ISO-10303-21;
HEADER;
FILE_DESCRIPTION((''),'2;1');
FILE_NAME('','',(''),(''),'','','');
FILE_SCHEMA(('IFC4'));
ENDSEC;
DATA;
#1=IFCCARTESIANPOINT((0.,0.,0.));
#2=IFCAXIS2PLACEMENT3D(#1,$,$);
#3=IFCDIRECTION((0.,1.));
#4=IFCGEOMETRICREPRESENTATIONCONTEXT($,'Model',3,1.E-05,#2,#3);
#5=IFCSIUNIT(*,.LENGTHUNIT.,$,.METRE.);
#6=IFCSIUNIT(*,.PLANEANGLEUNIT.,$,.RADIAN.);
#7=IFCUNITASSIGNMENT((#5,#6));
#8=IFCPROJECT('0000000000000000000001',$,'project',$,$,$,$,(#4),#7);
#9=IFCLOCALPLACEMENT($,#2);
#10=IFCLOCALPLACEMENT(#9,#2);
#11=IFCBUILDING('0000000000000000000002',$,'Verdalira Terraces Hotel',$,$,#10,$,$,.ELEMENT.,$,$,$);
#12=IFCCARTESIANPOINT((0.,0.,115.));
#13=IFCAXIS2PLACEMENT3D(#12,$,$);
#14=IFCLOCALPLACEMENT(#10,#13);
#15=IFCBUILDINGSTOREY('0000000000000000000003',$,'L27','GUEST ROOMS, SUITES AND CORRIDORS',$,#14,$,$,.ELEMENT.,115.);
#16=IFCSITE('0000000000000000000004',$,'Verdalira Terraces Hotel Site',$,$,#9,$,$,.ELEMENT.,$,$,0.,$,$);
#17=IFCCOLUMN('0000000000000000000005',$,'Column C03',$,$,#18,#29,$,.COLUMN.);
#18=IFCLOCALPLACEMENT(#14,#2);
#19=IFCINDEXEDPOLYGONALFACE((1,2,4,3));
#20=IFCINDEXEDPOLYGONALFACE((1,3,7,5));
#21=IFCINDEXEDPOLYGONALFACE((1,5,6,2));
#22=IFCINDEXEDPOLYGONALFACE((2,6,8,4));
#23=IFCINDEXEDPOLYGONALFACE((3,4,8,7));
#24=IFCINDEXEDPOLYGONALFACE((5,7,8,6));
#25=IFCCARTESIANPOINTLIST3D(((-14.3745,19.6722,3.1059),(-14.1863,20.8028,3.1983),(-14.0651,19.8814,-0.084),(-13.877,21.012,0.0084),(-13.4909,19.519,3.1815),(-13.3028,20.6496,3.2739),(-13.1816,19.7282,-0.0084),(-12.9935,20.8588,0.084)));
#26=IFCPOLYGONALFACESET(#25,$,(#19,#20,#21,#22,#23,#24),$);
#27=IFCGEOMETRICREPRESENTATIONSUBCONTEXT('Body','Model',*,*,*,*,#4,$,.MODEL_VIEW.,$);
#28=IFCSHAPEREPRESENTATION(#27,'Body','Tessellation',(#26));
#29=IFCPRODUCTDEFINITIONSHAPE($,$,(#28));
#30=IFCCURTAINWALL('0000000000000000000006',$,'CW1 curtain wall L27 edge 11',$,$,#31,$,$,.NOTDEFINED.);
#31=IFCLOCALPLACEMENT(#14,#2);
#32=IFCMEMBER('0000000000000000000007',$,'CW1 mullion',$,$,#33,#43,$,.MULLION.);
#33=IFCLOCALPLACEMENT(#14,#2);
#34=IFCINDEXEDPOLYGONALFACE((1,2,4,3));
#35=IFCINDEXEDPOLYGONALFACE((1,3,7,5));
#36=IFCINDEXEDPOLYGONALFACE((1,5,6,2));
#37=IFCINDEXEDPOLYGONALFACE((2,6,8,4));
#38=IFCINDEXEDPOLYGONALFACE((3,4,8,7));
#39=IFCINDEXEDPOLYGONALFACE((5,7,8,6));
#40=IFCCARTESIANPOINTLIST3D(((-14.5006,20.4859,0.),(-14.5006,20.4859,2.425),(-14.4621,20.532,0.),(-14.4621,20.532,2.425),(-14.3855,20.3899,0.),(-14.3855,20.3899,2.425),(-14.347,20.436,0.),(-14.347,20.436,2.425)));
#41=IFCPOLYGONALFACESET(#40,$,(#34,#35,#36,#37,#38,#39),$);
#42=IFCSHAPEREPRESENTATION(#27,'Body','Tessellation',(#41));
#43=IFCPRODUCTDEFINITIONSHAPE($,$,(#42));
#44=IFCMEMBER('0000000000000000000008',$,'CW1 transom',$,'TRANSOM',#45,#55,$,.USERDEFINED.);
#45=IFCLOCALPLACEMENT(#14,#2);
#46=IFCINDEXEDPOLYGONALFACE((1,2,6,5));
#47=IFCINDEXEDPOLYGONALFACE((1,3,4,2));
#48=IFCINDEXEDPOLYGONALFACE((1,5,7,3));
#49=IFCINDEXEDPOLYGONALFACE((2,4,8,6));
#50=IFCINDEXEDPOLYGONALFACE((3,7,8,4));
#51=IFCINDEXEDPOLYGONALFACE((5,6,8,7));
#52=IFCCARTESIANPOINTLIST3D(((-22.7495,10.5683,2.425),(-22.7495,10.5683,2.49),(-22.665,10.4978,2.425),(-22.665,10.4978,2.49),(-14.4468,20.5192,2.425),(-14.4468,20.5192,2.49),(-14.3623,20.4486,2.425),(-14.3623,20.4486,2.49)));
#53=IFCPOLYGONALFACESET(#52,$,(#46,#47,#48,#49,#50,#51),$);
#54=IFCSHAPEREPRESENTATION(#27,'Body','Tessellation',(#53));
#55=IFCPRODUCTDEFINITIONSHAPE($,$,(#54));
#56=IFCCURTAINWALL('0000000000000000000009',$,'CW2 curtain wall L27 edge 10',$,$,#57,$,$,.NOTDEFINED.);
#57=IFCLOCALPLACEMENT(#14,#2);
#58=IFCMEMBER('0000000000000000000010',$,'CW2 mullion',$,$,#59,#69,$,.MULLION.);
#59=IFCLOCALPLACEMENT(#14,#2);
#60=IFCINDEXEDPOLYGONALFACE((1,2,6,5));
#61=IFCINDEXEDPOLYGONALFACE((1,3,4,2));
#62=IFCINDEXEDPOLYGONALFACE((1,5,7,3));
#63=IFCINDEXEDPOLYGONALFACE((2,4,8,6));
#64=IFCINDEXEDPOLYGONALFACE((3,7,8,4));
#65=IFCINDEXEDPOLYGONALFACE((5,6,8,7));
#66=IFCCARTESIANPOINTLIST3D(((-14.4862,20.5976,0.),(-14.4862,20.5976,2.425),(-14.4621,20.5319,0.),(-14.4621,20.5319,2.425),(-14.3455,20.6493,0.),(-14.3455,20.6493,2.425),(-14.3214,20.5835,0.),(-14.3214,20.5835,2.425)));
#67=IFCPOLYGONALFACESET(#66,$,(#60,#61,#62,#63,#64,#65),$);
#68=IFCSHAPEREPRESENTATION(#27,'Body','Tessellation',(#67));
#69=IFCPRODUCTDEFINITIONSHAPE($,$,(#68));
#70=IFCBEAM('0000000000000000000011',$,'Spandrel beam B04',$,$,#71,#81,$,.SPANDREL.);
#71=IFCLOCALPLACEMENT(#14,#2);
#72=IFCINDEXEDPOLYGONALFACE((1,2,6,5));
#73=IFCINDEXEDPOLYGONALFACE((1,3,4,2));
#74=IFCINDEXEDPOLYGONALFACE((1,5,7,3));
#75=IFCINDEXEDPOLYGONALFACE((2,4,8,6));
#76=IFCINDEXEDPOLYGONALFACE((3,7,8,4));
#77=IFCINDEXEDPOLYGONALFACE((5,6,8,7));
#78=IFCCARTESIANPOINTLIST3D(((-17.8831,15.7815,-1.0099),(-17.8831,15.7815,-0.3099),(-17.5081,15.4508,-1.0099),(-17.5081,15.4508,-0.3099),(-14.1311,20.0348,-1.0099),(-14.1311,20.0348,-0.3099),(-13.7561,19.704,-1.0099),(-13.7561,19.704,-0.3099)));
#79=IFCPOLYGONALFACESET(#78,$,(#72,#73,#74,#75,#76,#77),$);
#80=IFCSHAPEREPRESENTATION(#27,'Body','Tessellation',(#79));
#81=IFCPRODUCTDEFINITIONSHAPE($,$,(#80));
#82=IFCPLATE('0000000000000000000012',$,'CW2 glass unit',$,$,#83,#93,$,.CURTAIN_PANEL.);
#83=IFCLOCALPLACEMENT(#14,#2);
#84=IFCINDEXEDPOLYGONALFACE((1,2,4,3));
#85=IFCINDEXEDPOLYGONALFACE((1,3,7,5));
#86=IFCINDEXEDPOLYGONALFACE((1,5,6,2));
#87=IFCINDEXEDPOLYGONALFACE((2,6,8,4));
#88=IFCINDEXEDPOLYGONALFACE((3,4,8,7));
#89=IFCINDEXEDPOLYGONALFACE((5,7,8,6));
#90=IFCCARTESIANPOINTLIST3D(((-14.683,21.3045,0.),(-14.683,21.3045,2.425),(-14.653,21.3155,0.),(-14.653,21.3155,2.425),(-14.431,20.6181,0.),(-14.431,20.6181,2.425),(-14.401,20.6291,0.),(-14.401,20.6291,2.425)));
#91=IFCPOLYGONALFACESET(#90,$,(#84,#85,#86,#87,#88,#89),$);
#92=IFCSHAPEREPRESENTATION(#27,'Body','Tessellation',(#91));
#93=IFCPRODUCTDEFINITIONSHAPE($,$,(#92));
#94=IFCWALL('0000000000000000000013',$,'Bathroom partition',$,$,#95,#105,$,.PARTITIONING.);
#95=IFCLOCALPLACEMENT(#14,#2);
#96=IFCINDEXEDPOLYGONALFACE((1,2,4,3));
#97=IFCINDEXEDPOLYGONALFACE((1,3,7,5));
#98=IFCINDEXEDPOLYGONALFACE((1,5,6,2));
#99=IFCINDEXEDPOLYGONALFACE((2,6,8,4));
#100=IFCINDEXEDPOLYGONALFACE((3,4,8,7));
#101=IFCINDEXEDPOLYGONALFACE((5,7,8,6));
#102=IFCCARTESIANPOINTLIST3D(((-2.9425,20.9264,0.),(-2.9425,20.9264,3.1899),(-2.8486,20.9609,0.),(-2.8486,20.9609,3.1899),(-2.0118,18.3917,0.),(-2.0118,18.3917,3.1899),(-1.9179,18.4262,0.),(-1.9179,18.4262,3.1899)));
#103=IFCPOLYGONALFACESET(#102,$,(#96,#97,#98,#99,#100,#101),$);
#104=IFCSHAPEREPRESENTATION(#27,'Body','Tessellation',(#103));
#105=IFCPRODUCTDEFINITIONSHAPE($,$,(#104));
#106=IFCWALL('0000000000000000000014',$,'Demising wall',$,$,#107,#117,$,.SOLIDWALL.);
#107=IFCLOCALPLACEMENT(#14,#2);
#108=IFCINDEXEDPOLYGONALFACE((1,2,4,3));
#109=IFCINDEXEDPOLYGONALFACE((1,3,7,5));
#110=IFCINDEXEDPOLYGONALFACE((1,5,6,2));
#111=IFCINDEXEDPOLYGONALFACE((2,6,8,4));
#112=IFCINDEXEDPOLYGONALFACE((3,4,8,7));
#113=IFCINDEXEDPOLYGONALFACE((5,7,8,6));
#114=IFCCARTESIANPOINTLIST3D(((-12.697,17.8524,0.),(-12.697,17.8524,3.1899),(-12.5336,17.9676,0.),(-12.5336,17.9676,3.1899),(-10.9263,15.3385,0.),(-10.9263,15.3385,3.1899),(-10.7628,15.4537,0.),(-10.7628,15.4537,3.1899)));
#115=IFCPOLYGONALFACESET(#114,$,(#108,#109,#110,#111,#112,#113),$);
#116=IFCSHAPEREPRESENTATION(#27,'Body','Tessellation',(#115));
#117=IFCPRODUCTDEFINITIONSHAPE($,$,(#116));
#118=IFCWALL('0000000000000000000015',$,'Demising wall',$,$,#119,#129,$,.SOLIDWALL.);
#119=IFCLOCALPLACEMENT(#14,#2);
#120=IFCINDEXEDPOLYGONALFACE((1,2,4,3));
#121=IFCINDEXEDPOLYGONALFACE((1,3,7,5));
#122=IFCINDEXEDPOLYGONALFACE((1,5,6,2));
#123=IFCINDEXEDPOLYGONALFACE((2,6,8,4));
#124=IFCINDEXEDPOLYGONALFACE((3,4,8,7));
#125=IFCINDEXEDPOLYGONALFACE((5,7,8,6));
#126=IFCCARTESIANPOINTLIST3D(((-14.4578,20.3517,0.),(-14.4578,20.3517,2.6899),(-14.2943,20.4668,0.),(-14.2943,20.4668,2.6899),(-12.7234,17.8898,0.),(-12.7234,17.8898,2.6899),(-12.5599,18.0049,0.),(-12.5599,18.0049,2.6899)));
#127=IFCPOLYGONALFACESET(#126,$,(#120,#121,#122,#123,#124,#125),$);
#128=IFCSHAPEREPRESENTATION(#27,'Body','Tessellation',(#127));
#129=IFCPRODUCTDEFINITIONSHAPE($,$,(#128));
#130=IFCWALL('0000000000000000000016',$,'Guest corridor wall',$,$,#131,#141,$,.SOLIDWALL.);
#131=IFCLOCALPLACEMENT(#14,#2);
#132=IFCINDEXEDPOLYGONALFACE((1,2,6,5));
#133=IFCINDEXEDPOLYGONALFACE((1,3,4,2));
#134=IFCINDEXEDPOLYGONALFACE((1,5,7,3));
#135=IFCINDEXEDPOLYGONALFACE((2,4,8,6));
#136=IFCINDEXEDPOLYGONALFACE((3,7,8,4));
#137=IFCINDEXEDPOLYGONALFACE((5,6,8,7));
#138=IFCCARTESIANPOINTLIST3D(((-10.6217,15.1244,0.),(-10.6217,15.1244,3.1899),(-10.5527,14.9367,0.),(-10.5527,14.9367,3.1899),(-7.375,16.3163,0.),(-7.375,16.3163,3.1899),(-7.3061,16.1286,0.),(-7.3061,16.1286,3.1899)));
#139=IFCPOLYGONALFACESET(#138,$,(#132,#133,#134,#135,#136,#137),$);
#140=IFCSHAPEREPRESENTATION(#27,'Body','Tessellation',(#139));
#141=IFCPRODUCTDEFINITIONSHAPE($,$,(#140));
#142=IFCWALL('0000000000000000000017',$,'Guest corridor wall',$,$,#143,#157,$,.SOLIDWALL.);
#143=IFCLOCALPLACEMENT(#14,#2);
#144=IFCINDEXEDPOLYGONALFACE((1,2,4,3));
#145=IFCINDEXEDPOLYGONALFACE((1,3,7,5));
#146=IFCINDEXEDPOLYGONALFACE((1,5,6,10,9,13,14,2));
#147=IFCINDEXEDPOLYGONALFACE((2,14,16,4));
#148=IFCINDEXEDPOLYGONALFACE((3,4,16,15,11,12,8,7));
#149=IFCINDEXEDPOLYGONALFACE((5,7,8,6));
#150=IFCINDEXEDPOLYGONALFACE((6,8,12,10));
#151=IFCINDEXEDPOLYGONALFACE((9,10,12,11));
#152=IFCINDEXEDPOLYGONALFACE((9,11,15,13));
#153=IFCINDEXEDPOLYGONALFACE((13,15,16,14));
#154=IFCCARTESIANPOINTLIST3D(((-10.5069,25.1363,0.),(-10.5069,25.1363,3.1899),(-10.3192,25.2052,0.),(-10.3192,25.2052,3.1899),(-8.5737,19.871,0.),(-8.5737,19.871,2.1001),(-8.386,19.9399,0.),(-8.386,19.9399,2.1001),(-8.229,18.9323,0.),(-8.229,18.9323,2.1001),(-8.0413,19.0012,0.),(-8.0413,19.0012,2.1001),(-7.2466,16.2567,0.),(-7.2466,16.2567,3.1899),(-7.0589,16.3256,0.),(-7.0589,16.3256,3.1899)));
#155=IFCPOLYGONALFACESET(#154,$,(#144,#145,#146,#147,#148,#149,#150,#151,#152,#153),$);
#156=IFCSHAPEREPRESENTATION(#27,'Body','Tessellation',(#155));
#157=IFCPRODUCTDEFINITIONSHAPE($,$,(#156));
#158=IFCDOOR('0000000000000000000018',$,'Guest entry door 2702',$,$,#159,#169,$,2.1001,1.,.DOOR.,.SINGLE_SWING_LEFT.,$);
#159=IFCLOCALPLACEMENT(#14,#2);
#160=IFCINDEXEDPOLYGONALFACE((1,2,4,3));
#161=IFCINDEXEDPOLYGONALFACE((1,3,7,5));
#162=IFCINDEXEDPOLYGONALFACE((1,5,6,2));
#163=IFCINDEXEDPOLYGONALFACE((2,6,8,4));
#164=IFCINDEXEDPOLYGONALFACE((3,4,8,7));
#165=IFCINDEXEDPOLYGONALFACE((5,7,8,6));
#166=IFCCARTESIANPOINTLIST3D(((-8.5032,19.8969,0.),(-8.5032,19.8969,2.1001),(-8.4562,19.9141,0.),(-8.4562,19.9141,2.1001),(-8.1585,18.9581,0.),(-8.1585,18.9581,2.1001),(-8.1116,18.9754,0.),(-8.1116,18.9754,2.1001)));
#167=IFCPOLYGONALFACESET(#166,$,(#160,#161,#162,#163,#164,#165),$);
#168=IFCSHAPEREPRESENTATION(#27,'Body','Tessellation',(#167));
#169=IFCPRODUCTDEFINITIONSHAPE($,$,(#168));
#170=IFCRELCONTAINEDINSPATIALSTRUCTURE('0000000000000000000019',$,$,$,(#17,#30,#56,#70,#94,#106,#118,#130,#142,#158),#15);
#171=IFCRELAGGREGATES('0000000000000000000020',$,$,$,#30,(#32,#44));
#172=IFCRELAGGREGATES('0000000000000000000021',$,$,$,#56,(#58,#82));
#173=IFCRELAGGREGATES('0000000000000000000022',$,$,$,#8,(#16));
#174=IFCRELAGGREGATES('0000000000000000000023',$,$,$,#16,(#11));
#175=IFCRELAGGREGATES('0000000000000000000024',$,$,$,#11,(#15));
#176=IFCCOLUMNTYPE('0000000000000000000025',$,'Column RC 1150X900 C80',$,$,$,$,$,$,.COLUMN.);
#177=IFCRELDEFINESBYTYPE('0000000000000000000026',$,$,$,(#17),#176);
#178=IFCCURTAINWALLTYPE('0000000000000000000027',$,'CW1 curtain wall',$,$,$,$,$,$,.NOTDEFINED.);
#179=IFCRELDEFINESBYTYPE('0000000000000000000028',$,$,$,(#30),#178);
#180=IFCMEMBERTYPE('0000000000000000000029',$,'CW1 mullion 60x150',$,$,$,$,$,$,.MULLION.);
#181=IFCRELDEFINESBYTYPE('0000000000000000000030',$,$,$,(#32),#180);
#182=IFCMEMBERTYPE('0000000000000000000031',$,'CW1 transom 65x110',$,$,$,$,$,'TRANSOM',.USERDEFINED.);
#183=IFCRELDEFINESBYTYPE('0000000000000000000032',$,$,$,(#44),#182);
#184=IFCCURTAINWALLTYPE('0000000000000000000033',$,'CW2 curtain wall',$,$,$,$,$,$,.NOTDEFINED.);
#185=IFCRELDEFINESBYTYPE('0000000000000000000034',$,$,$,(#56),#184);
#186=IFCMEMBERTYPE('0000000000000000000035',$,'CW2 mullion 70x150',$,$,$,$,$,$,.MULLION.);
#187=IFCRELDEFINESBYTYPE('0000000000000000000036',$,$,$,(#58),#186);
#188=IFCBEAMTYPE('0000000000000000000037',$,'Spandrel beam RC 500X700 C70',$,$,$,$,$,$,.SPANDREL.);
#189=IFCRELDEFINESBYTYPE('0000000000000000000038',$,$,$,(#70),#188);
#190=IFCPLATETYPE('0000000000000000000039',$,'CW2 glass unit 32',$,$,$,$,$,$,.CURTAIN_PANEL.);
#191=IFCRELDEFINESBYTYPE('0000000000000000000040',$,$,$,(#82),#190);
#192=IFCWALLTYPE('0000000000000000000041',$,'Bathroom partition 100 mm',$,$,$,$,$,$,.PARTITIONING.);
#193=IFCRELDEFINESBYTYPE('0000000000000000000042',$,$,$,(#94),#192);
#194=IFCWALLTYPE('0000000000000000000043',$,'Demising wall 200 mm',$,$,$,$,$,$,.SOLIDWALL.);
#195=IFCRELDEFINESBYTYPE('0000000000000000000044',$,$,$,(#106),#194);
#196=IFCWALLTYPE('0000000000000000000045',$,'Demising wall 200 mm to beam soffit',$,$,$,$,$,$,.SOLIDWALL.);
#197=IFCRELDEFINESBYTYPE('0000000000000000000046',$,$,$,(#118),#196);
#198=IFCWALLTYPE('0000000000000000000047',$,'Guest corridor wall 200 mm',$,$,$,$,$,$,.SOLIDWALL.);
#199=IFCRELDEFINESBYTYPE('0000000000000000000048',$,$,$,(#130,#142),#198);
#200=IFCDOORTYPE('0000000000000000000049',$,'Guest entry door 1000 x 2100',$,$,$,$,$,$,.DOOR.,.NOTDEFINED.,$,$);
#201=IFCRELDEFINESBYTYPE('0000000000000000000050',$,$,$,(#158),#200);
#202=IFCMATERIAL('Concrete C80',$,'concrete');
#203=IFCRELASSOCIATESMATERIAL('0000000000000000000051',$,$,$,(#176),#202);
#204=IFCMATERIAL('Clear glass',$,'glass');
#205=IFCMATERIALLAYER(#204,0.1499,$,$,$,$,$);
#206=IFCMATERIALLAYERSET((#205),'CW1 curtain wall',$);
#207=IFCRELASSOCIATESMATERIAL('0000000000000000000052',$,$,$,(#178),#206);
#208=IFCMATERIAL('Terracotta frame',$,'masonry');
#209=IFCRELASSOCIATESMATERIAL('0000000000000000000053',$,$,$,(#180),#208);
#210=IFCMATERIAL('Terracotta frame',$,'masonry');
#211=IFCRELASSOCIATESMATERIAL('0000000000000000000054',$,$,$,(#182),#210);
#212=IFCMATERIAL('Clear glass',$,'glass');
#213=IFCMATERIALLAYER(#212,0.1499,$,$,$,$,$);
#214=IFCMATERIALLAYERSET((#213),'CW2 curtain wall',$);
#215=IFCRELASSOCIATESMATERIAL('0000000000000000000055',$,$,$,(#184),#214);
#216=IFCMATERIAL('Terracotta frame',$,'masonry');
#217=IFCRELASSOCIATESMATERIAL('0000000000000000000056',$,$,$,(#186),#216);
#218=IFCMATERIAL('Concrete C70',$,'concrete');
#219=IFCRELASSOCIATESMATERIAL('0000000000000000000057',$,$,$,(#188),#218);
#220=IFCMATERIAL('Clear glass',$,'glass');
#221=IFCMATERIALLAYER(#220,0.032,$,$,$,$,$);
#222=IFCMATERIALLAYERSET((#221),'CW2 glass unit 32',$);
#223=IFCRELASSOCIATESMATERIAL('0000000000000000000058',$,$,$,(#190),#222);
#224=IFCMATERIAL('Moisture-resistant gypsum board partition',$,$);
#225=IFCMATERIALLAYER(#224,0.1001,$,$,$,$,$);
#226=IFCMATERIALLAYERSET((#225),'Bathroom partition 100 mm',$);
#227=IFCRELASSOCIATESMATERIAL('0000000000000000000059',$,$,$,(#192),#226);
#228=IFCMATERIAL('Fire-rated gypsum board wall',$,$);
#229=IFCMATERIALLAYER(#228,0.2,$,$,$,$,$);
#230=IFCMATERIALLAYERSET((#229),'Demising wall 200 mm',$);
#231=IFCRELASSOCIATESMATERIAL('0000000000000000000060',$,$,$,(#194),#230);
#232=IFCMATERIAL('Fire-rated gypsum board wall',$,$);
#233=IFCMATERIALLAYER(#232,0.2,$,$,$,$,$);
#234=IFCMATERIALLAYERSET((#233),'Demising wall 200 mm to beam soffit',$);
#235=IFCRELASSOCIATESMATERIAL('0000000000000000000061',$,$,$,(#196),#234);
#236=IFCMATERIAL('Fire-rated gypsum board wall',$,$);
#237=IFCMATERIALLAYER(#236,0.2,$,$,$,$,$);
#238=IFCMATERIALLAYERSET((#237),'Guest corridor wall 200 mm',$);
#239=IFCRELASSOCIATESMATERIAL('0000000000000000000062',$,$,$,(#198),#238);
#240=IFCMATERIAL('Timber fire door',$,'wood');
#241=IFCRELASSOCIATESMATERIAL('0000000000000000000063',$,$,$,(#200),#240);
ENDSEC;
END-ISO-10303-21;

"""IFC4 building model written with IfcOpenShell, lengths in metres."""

from ifc_helpers import new_model, si_unit, direction, frame, frame_2d, origin, origin_2d, place, context, subcontext, project, spatial, rectangle, extrude, material, layer, layer_set, material_profile, profile_set, type_object, element, fill, aggregate, save


model = new_model("IFC4")

# Units and contexts
model_context = context("Model", 3, precision=1e-05, world=origin(), true_north=direction((0.0, 1.0)))
body_context = subcontext(model_context, "Body", "Model", "MODEL_VIEW")
ifc_project = project(units=[si_unit("LENGTHUNIT", "METRE"), si_unit("PLANEANGLEUNIT", "RADIAN")], contexts=[model_context])

# Site, building, storey
site_placement = place(None, origin())
site = spatial("IfcSite", under=ifc_project, at=site_placement, Name="Verdalira Terraces Hotel Site", CompositionType="ELEMENT", RefElevation=0.0)
building_placement = place(site_placement, origin())
building = spatial("IfcBuilding", under=site, at=building_placement, Name="Verdalira Terraces Hotel", CompositionType="ELEMENT")
storey_placement = place(building_placement, frame((0.0, 0.0, 115.0)))
storey = spatial("IfcBuildingStorey", under=building, at=storey_placement, Name="L27", Description="GUEST ROOMS, SUITES AND CORRIDORS", CompositionType="ELEMENT", Elevation=115.0)

# Column
ifc_material_1 = material(Name="Concrete C80", Category="concrete")
ifc_material_profile_1 = material_profile(ifc_material_1, rectangle(XDim=1.1499, YDim=0.8999, at=origin_2d()), Name="RC 1150X900")
ifc_profile_set_1 = profile_set([ifc_material_profile_1], Name="Concrete C80")
column_type = type_object("IfcColumnType", Name="Column RC 1150X900 C80", PredefinedType="COLUMN", material=ifc_profile_set_1)
column_placement = place(storey_placement, frame((-13.5293, 20.3701, 0.0), z_axis=(-0.096311, -0.065145, 0.993217), x_axis=(0.163606, 0.983248, 0.080356)))
element("IfcColumn", 1, at=column_placement, inside=storey, type_object=column_type, Name="Column C03", PredefinedType="COLUMN", context=body_context, shape_type="SweptSolid", body=[
    extrude(rectangle(XDim=1.1499, YDim=0.8999, at=origin_2d()), origin(), (0.0, 0.0, 1.0), 3.2117),
])

# Curtain wall, members
ifc_material_2 = material(Name="Clear glass", Category="glass")
ifc_layer_1 = layer(ifc_material_2, 0.1499)
ifc_layer_set_1 = layer_set([ifc_layer_1], Name="CW1 curtain wall")
curtain_wall_type_1 = type_object("IfcCurtainWallType", Name="CW1 curtain wall", PredefinedType="NOTDEFINED", material=ifc_layer_set_1)
curtain_wall_1_placement = place(storey_placement, origin())
curtain_wall_1 = element("IfcCurtainWall", 2, at=curtain_wall_1_placement, inside=storey, type_object=curtain_wall_type_1, Name="CW1 curtain wall L27 edge 11", PredefinedType="NOTDEFINED")
ifc_material_3 = material(Name="Terracotta frame", Category="masonry")
ifc_material_profile_2 = material_profile(ifc_material_3, rectangle(XDim=0.0601, YDim=0.1499, at=origin_2d()), Name="MU 60x150")
ifc_profile_set_2 = profile_set([ifc_material_profile_2], Name="Terracotta frame")
member_type_1 = type_object("IfcMemberType", Name="CW1 mullion 60x150", PredefinedType="MULLION", material=ifc_profile_set_2)
member_1_placement = place(storey_placement, frame((-14.4238, 20.4609, 0.0), z_axis=(0.0, 0.0, 1.0), x_axis=(-0.640646, -0.767836, 0.0)))
member_1 = element("IfcMember", 3, at=member_1_placement, type_object=member_type_1, Name="CW1 mullion", PredefinedType="MULLION", context=body_context, shape_type="SweptSolid", body=[
    extrude(rectangle(XDim=0.0601, YDim=0.1499, at=origin_2d()), origin(), (0.0, 0.0, 1.0), 2.425),
])
ifc_material_4 = material(Name="Terracotta frame", Category="masonry")
ifc_material_profile_3 = material_profile(ifc_material_4, rectangle(XDim=0.1101, YDim=0.0649, at=origin_2d()), Name="TR 65x110")
ifc_profile_set_3 = profile_set([ifc_material_profile_3], Name="Terracotta frame")
member_type_2 = type_object("IfcMemberType", Name="CW1 transom 65x110", ElementType="TRANSOM", PredefinedType="USERDEFINED", material=ifc_profile_set_3)
member_2_placement = place(storey_placement, frame((-14.4045, 20.4839, 2.4575), z_axis=(-0.640653, -0.76783, 0.0), x_axis=(0.76783, -0.640653, 0.0)))
member_2 = element("IfcMember", 4, at=member_2_placement, type_object=member_type_2, Name="CW1 transom", ObjectType="TRANSOM", PredefinedType="USERDEFINED", context=body_context, shape_type="SweptSolid", body=[
    extrude(rectangle(XDim=0.1101, YDim=0.0649, at=origin_2d()), origin(), (0.0, 0.0, 1.0), 12.9597),
])
aggregate(curtain_wall_1, [member_1, member_2])

# Curtain wall, member
ifc_material_5 = material(Name="Clear glass", Category="glass")
ifc_layer_2 = layer(ifc_material_5, 0.1499)
ifc_layer_set_2 = layer_set([ifc_layer_2], Name="CW2 curtain wall")
curtain_wall_type_2 = type_object("IfcCurtainWallType", Name="CW2 curtain wall", PredefinedType="NOTDEFINED", material=ifc_layer_set_2)
curtain_wall_2_placement = place(storey_placement, origin())
curtain_wall_2 = element("IfcCurtainWall", 5, at=curtain_wall_2_placement, inside=storey, type_object=curtain_wall_type_2, Name="CW2 curtain wall L27 edge 10", PredefinedType="NOTDEFINED")
ifc_material_6 = material(Name="Terracotta frame", Category="masonry")
ifc_material_profile_4 = material_profile(ifc_material_6, rectangle(XDim=0.0701, YDim=0.1499, at=origin_2d()), Name="MU 70x150")
ifc_profile_set_4 = profile_set([ifc_material_profile_4], Name="Terracotta frame")
member_type_3 = type_object("IfcMemberType", Name="CW2 mullion 70x150", PredefinedType="MULLION", material=ifc_profile_set_4)
member_3_placement = place(storey_placement, frame((-14.4038, 20.5906, 0.0), z_axis=(0.0, 0.0, 1.0), x_axis=(0.344643, -0.938734, 0.0)))
member_3 = element("IfcMember", 6, at=member_3_placement, type_object=member_type_3, Name="CW2 mullion", PredefinedType="MULLION", context=body_context, shape_type="SweptSolid", body=[
    extrude(rectangle(XDim=0.0701, YDim=0.1499, at=origin_2d()), origin(), (0.0, 0.0, 1.0), 2.425),
])

# Beam
ifc_material_7 = material(Name="Concrete C70", Category="concrete")
ifc_material_profile_5 = material_profile(ifc_material_7, rectangle(XDim=0.5, YDim=0.7, at=origin_2d()), Name="RC 500X700")
ifc_profile_set_5 = profile_set([ifc_material_profile_5], Name="Concrete C70")
beam_type = type_object("IfcBeamType", Name="Spandrel beam RC 500X700 C70", PredefinedType="SPANDREL", material=ifc_profile_set_5)
beam_placement = place(storey_placement, frame((-13.9436, 19.8694, -0.6599), z_axis=(-0.661538, -0.749912, 0.0), x_axis=(0.749912, -0.661538, 0.0)))
element("IfcBeam", 7, at=beam_placement, inside=storey, type_object=beam_type, Name="Spandrel beam B04", PredefinedType="SPANDREL", context=body_context, shape_type="SweptSolid", body=[
    extrude(rectangle(XDim=0.5, YDim=0.7, at=origin_2d()), origin(), (0.0, 0.0, 1.0), 5.6716),
])

# Plate
ifc_material_8 = material(Name="Clear glass", Category="glass")
ifc_layer_3 = layer(ifc_material_8, 0.032)
ifc_layer_set_3 = layer_set([ifc_layer_3], Name="CW2 glass unit 32")
plate_type = type_object("IfcPlateType", Name="CW2 glass unit 32", PredefinedType="CURTAIN_PANEL", material=ifc_layer_set_3)
plate_placement = place(storey_placement, frame((-14.542, 20.9668, 0.0), z_axis=(0.0, 0.0, 1.0), x_axis=(0.344643, -0.938734, 0.0)))
plate = element("IfcPlate", 8, at=plate_placement, type_object=plate_type, Name="CW2 glass unit", PredefinedType="CURTAIN_PANEL", context=body_context, shape_type="SweptSolid", body=[
    extrude(rectangle(XDim=0.7312, YDim=0.032, at=origin_2d()), origin(), (0.0, 0.0, 1.0), 2.425),
])
aggregate(curtain_wall_2, [member_3, plate])

# Walls
ifc_material_9 = material(Name="Moisture-resistant gypsum board partition")
ifc_layer_4 = layer(ifc_material_9, 0.1001)
ifc_layer_set_4 = layer_set([ifc_layer_4], Name="Bathroom partition 100 mm")
wall_type_1 = type_object("IfcWallType", Name="Bathroom partition 100 mm", PredefinedType="PARTITIONING", material=ifc_layer_set_4)
wall_1_placement = place(storey_placement, frame((-1.9648, 18.4089, 0.0), z_axis=(0.0, 0.0, 1.0), x_axis=(-0.344674, 0.938722, 0.0)))
element("IfcWall", 9, at=wall_1_placement, inside=storey, type_object=wall_type_1, Name="Bathroom partition", PredefinedType="PARTITIONING", context=body_context, shape_type="SweptSolid", body=[
    extrude(rectangle(XDim=2.7002, YDim=0.1001, at=frame_2d((1.3501, 0.0))), origin(), (0.0, 0.0, 1.0), 3.1899),
])
ifc_material_10 = material(Name="Fire-rated gypsum board wall")
ifc_layer_5 = layer(ifc_material_10, 0.2)
ifc_layer_set_5 = layer_set([ifc_layer_5], Name="Demising wall 200 mm")
wall_type_2 = type_object("IfcWallType", Name="Demising wall 200 mm", PredefinedType="SOLIDWALL", material=ifc_layer_set_5)
wall_2_placement = place(storey_placement, frame((-10.8445, 15.396, 0.0), z_axis=(0.0, 0.0, 1.0), x_axis=(-0.575863, 0.817546, 0.0)))
element("IfcWall", 10, at=wall_2_placement, inside=storey, type_object=wall_type_2, Name="Demising wall", PredefinedType="SOLIDWALL", context=body_context, shape_type="SweptSolid", body=[
    extrude(rectangle(XDim=3.075, YDim=0.2, at=frame_2d((1.5376, 0.0))), origin(), (0.0, 0.0, 1.0), 3.1899),
])
ifc_material_11 = material(Name="Fire-rated gypsum board wall")
ifc_layer_6 = layer(ifc_material_11, 0.2)
ifc_layer_set_6 = layer_set([ifc_layer_6], Name="Demising wall 200 mm to beam soffit")
wall_type_3 = type_object("IfcWallType", Name="Demising wall 200 mm to beam soffit", PredefinedType="SOLIDWALL", material=ifc_layer_set_6)
wall_3_placement = place(storey_placement, frame((-12.6416, 17.9473, 0.0), z_axis=(0.0, 0.0, 1.0), x_axis=(-0.575919, 0.817507, 0.0)))
element("IfcWall", 11, at=wall_3_placement, inside=storey, type_object=wall_type_3, Name="Demising wall", PredefinedType="SOLIDWALL", context=body_context, shape_type="SweptSolid", body=[
    extrude(rectangle(XDim=3.0115, YDim=0.2, at=frame_2d((1.5059, 0.0))), origin(), (0.0, 0.0, 1.0), 2.6899),
])
ifc_material_12 = material(Name="Fire-rated gypsum board wall")
ifc_layer_7 = layer(ifc_material_12, 0.2)
ifc_layer_set_7 = layer_set([ifc_layer_7], Name="Guest corridor wall 200 mm")
wall_type_4 = type_object("IfcWallType", Name="Guest corridor wall 200 mm", PredefinedType="SOLIDWALL", material=ifc_layer_set_7)
wall_4_placement = place(storey_placement, frame((-7.3406, 16.2224, 0.0), z_axis=(0.0, 0.0, 1.0), x_axis=(-0.938738, -0.344632, 0.0)))
element("IfcWall", 12, at=wall_4_placement, inside=storey, type_object=wall_type_4, Name="Guest corridor wall", PredefinedType="SOLIDWALL", context=body_context, shape_type="SweptSolid", body=[
    extrude(rectangle(XDim=3.4585, YDim=0.2, at=frame_2d((1.7292, 0.0))), origin(), (0.0, 0.0, 1.0), 3.1899),
])

# Wall, opening, door
wall_5_placement = place(storey_placement, frame((-7.1528, 16.2913, 0.0), z_axis=(0.0, 0.0, 1.0), x_axis=(-0.344663, 0.938726, 0.0)))
wall_5 = element("IfcWall", 13, at=wall_5_placement, inside=storey, type_object=wall_type_4, Name="Guest corridor wall", PredefinedType="SOLIDWALL", context=body_context, shape_type="SweptSolid", body=[
    extrude(rectangle(XDim=9.4592, YDim=0.2, at=frame_2d((4.7295, 0.0))), origin(), (0.0, 0.0, 1.0), 3.1899),
])
opening_placement = place(wall_5_placement, frame((2.8501, 0.0, 0.0)))
opening = element("IfcOpeningElement", 14, at=opening_placement, cuts=wall_5, PredefinedType="OPENING", context=body_context, shape_type="SweptSolid", body=[
    extrude(rectangle(XDim=1.0, YDim=2.1001, at=frame_2d((0.5, 1.05))), frame((0.0, 0.1099, 0.0), z_axis=(0.0, -1.0, 0.0), x_axis=(1.0, 0.0, 0.0)), (0.0, 0.0, 1.0), 0.22),
])
ifc_material_13 = material(Name="Timber fire door", Category="wood")
door_type = type_object("IfcDoorType", Name="Guest entry door 1000 x 2100", OperationType="NOTDEFINED", PredefinedType="DOOR", material=ifc_material_13)
door_placement = place(opening_placement, origin())
door = element("IfcDoor", 15, at=door_placement, inside=storey, type_object=door_type, Name="Guest entry door 2702", OperationType="SINGLE_SWING_LEFT", OverallHeight=2.1001, OverallWidth=1.0, PredefinedType="DOOR", context=body_context, shape_type="SweptSolid", body=[
    extrude(rectangle(XDim=1.0, YDim=2.1001, at=frame_2d((0.5, 1.05))), frame((0.0, 0.0249, 0.0), z_axis=(0.0, -1.0, 0.0), x_axis=(1.0, 0.0, 0.0)), (0.0, 0.0, 1.0), 0.05),
])
fill(opening, door)

save(model, "model.ifc")
